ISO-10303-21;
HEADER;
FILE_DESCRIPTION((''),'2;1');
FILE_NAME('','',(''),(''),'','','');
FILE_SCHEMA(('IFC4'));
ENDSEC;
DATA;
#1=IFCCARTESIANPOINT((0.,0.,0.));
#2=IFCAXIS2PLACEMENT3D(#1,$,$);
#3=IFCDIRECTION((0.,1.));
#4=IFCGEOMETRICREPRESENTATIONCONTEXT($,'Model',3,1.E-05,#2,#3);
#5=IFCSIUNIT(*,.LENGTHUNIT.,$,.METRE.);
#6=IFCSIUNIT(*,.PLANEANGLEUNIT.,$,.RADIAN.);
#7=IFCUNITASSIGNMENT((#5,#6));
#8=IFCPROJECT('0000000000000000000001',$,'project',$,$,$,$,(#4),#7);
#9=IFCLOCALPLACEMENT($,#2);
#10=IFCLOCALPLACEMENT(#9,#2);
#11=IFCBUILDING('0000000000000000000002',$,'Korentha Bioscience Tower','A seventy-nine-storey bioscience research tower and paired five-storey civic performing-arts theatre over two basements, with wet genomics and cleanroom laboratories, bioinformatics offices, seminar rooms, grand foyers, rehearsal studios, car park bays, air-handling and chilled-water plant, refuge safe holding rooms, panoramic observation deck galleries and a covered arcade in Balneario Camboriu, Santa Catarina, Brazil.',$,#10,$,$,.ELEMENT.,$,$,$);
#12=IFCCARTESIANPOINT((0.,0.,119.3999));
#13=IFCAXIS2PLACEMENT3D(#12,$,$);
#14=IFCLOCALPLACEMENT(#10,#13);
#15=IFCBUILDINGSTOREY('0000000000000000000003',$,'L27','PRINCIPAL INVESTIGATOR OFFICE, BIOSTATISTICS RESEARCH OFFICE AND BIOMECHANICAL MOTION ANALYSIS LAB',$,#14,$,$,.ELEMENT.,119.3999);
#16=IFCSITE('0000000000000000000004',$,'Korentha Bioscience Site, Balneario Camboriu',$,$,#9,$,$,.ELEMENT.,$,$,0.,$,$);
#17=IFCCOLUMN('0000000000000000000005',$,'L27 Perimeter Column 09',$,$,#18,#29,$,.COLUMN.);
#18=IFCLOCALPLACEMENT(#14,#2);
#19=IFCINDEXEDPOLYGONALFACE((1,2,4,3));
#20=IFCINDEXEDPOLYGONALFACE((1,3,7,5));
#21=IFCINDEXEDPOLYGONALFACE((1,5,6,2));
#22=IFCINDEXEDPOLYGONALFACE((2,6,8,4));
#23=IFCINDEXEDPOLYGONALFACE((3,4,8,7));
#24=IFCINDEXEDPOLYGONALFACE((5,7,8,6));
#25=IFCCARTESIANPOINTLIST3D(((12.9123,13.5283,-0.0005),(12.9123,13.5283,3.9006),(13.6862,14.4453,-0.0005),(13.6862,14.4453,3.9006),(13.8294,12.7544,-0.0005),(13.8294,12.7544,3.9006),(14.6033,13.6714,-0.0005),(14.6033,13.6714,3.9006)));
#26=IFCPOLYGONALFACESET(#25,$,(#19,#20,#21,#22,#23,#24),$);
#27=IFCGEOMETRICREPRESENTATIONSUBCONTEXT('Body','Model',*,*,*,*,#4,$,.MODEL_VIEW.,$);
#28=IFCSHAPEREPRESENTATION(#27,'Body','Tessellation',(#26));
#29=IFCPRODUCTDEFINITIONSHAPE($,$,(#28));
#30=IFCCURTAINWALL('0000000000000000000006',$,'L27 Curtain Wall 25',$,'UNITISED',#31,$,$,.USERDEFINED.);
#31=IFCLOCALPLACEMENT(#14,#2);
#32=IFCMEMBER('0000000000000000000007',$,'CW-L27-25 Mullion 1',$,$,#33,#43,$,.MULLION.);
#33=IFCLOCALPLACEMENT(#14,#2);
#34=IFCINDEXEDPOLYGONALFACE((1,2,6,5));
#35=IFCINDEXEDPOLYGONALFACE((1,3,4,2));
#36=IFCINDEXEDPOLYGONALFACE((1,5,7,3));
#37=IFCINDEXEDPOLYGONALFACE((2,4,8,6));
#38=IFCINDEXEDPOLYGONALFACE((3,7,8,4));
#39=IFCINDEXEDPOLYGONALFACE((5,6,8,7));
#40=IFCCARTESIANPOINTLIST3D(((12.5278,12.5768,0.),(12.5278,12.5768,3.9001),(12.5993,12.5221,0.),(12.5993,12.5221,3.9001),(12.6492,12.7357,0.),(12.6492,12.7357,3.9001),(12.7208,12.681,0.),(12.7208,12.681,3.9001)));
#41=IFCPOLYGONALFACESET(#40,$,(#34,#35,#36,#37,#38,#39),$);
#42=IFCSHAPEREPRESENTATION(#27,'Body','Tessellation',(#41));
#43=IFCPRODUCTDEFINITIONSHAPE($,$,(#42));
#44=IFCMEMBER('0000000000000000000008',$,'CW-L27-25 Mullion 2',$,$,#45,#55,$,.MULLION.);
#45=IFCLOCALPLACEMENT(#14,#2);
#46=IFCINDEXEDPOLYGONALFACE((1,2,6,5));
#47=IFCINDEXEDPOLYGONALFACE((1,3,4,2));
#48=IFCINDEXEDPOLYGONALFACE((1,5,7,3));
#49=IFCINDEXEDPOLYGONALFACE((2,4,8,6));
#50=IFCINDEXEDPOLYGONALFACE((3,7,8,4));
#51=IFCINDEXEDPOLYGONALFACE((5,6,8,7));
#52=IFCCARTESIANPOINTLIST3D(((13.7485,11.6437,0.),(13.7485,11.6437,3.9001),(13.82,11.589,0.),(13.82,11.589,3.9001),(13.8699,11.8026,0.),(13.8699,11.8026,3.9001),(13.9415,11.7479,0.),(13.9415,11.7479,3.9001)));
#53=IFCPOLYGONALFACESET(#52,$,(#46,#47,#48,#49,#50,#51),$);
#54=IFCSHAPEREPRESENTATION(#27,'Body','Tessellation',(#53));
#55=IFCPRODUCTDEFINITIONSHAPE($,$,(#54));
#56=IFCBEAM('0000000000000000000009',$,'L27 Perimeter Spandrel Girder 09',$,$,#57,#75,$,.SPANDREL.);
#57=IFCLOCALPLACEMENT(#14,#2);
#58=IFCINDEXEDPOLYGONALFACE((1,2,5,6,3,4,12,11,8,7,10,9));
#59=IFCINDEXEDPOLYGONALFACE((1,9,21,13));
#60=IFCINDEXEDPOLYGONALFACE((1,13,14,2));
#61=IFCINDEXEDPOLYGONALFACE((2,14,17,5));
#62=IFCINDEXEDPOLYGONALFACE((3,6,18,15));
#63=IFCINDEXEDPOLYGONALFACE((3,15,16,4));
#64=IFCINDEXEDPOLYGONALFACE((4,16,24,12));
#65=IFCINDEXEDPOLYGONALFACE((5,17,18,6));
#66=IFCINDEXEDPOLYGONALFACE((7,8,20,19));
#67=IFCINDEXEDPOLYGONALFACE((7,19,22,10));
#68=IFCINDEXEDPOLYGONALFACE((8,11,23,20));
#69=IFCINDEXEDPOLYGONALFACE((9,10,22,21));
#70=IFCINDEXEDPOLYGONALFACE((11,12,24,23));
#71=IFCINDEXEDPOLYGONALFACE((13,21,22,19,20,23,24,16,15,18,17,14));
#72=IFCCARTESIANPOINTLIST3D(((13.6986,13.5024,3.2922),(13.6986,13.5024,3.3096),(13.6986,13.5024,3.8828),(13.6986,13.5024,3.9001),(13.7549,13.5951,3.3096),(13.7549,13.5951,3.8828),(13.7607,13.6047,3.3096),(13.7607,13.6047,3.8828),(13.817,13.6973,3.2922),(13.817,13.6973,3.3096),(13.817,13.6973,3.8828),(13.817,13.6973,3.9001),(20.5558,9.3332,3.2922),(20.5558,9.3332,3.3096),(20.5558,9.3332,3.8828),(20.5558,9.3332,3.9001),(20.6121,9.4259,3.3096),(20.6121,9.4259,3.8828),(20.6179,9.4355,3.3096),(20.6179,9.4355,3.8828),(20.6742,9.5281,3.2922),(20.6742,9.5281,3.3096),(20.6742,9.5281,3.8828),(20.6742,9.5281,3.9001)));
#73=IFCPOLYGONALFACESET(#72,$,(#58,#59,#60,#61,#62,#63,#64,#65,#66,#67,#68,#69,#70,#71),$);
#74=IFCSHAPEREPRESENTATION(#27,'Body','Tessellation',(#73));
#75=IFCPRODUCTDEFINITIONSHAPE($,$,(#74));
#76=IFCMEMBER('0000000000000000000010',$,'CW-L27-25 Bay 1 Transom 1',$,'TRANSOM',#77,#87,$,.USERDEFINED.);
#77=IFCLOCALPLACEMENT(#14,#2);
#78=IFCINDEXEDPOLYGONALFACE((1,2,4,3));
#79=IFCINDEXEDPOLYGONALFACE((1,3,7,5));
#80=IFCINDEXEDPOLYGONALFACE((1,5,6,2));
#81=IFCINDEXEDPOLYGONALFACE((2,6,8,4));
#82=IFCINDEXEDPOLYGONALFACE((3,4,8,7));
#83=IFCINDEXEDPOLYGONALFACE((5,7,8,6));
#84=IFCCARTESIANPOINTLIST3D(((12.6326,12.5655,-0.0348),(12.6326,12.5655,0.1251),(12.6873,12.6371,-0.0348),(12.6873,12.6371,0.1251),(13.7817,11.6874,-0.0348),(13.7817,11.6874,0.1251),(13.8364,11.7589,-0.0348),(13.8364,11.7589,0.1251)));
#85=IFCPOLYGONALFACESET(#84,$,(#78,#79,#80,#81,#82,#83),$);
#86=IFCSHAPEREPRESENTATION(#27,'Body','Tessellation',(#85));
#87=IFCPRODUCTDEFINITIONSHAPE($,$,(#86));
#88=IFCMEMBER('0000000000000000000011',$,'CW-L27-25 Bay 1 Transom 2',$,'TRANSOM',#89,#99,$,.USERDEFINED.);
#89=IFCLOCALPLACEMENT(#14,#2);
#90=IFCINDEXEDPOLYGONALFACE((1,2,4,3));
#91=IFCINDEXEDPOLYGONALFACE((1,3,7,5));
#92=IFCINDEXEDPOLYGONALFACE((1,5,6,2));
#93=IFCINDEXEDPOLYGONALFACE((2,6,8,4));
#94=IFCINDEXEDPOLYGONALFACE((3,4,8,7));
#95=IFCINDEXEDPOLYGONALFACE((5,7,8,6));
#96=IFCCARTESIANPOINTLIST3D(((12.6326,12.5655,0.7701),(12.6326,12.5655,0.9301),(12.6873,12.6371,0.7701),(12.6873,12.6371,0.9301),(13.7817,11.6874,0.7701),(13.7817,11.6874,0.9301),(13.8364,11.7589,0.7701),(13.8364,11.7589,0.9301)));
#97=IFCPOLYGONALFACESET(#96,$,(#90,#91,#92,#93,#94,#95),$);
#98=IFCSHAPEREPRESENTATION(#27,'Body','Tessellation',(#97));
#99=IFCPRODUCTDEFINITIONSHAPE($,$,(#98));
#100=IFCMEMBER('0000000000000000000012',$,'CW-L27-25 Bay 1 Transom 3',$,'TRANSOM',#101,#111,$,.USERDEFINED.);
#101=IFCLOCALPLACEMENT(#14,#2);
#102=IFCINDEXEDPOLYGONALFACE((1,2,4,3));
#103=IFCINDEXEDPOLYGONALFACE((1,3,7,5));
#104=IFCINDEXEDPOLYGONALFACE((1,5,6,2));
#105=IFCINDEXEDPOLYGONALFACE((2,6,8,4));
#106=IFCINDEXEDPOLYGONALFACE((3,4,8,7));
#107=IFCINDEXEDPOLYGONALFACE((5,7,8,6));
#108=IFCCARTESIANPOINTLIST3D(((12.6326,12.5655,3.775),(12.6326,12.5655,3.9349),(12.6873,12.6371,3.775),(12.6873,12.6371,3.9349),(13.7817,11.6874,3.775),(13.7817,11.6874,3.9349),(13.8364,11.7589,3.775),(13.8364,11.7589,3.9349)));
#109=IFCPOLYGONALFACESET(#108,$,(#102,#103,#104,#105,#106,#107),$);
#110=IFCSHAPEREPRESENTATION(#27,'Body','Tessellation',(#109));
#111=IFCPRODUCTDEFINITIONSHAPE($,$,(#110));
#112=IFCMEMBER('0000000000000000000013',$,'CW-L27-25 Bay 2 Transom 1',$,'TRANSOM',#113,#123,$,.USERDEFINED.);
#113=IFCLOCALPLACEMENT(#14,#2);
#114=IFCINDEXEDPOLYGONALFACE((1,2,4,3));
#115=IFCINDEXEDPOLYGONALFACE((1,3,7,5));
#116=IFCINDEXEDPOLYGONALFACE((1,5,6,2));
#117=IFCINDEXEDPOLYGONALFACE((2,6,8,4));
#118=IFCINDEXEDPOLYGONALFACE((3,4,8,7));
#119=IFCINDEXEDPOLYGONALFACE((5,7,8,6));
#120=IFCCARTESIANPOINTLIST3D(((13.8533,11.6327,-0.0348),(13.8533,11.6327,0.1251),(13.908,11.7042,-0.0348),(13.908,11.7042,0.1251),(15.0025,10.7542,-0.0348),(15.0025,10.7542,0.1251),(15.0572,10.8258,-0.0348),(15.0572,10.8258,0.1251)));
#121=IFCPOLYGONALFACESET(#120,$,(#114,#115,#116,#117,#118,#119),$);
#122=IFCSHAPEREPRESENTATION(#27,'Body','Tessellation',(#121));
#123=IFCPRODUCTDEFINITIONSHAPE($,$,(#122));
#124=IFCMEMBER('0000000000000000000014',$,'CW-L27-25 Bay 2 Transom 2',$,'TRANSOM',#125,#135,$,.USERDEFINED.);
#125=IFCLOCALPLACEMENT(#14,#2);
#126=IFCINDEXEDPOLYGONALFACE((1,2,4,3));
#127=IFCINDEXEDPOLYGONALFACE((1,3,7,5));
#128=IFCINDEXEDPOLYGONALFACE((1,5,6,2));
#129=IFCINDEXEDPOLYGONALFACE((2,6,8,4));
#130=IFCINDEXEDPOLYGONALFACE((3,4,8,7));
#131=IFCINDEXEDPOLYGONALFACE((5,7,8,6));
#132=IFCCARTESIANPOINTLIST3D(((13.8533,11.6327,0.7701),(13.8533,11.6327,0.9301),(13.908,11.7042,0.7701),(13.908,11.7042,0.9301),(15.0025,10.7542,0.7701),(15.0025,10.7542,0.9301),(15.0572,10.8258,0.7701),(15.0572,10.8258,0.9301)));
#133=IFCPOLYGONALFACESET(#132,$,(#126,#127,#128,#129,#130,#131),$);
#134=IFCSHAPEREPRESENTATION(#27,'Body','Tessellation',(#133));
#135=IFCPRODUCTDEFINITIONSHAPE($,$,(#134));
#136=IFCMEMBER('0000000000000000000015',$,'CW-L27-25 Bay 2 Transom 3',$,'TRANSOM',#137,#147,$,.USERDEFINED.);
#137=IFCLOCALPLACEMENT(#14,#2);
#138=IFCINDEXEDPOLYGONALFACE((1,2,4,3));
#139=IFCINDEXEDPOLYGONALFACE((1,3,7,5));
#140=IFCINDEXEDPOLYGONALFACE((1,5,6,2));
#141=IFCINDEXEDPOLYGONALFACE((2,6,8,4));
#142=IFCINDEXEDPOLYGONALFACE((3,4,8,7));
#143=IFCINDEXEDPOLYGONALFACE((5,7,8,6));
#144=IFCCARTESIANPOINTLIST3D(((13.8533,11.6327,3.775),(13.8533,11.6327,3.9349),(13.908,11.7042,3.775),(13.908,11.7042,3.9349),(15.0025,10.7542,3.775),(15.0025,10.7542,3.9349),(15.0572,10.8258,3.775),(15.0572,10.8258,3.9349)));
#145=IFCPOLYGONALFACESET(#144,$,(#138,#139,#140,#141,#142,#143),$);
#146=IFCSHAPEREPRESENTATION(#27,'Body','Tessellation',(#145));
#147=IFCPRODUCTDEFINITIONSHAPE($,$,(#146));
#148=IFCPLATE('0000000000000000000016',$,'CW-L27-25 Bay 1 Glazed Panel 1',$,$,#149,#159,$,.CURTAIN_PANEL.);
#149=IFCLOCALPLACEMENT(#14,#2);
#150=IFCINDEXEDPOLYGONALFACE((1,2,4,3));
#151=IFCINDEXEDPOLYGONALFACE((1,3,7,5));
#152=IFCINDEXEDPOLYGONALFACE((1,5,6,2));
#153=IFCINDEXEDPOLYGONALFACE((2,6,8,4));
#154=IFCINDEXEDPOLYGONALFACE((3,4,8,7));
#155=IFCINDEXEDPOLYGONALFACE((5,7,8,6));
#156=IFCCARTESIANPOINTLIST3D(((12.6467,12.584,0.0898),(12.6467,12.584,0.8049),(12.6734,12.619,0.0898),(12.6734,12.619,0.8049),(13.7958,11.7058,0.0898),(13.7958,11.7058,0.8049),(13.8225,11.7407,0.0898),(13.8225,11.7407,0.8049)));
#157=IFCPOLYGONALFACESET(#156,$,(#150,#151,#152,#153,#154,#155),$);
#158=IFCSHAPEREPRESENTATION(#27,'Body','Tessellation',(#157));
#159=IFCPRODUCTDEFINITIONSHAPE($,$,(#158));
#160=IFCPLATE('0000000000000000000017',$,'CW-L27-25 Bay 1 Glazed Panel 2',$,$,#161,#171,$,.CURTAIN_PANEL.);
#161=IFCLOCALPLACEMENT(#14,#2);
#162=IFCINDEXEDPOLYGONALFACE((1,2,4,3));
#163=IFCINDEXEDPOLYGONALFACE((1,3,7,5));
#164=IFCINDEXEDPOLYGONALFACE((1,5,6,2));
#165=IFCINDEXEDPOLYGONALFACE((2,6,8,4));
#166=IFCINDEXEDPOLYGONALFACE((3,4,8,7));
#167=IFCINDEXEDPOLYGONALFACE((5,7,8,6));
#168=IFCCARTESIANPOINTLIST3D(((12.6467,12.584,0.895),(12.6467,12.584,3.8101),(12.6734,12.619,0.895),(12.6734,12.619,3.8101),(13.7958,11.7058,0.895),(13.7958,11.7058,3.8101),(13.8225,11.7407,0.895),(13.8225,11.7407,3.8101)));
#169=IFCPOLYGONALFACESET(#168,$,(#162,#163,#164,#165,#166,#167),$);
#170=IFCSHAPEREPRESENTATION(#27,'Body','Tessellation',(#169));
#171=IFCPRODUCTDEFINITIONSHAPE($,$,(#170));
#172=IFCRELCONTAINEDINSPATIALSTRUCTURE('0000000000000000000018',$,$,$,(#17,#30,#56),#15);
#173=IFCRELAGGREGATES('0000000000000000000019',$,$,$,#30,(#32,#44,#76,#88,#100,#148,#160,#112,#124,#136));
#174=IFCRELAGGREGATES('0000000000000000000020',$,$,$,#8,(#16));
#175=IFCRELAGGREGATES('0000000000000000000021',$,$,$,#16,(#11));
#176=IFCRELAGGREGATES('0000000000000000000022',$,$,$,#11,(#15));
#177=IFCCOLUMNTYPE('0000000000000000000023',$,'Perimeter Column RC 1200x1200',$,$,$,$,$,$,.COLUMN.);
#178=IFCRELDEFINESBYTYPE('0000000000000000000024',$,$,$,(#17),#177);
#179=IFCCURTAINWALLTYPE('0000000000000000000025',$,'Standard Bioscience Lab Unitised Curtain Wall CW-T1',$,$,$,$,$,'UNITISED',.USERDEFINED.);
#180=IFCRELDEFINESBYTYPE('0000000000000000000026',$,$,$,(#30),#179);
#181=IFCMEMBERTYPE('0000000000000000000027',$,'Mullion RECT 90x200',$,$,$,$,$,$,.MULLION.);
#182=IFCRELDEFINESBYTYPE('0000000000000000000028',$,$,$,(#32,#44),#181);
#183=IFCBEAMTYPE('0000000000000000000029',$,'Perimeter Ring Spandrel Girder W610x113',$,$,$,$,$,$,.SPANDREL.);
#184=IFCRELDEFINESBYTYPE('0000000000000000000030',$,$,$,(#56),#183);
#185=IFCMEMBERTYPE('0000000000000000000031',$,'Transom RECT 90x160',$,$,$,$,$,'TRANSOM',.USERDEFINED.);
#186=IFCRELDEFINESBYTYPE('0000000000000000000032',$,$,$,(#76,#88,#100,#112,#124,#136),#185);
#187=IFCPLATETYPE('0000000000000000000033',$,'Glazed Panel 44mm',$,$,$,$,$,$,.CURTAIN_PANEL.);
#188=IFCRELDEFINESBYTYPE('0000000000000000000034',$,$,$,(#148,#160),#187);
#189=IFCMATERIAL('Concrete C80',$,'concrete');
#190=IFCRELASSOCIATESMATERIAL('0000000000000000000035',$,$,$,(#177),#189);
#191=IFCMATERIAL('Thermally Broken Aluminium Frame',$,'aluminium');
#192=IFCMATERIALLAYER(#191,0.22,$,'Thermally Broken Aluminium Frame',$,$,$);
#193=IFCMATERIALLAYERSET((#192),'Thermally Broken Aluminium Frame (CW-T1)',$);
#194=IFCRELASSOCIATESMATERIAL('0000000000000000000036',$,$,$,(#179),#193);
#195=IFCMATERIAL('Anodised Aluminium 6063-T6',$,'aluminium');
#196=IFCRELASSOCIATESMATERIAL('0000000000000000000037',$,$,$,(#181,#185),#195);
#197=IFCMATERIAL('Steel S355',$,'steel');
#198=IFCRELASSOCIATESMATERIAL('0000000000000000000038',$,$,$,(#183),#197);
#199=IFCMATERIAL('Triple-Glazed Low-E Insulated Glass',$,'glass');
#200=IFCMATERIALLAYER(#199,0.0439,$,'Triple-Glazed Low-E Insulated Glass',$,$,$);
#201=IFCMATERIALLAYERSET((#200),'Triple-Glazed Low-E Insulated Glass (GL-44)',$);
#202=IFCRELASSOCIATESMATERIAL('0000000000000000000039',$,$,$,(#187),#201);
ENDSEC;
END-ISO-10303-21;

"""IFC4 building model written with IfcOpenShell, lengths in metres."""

from ifc_helpers import new_model, si_unit, direction, frame, origin, origin_2d, place, context, subcontext, project, spatial, rectangle, i_section, extrude, material, layer, layer_set, material_profile, profile_set, type_object, element, aggregate, save


model = new_model("IFC4")

# Units and contexts
model_context = context("Model", 3, precision=1e-05, world=origin(), true_north=direction((0.0, 1.0)))
body_context = subcontext(model_context, "Body", "Model", "MODEL_VIEW")
ifc_project = project(units=[si_unit("LENGTHUNIT", "METRE"), si_unit("PLANEANGLEUNIT", "RADIAN")], contexts=[model_context])

# Site, building, storey
site_placement = place(None, origin())
site = spatial("IfcSite", under=ifc_project, at=site_placement, Name="Korentha Bioscience Site, Balneario Camboriu", CompositionType="ELEMENT", RefElevation=0.0)
building_placement = place(site_placement, origin())
building = spatial("IfcBuilding", under=site, at=building_placement, Name="Korentha Bioscience Tower", Description="A seventy-nine-storey bioscience research tower and paired five-storey civic performing-arts theatre over two basements, with wet genomics and cleanroom laboratories, bioinformatics offices, seminar rooms, grand foyers, rehearsal studios, car park bays, air-handling and chilled-water plant, refuge safe holding rooms, panoramic observation deck galleries and a covered arcade in Balneario Camboriu, Santa Catarina, Brazil.", CompositionType="ELEMENT")
storey_placement = place(building_placement, frame((0.0, 0.0, 119.3999)))
storey = spatial("IfcBuildingStorey", under=building, at=storey_placement, Name="L27", Description="PRINCIPAL INVESTIGATOR OFFICE, BIOSTATISTICS RESEARCH OFFICE AND BIOMECHANICAL MOTION ANALYSIS LAB", CompositionType="ELEMENT", Elevation=119.3999)

# Column
ifc_material_1 = material(Name="Concrete C80", Category="concrete")
ifc_material_profile_1 = material_profile(ifc_material_1, rectangle(XDim=1.2, YDim=1.2, at=origin_2d()), Name="Concrete C80")
ifc_profile_set_1 = profile_set([ifc_material_profile_1], Name="Concrete C80 (COL-P12)")
column_type = type_object("IfcColumnType", Name="Perimeter Column RC 1200x1200", PredefinedType="COLUMN", material=ifc_profile_set_1)
column_placement = place(storey_placement, frame((13.7578, 13.5999, -0.0005), z_axis=(0.0, 0.0, 1.0), x_axis=(-0.764246, 0.644924, 0.0)))
element("IfcColumn", 1, at=column_placement, inside=storey, type_object=column_type, Name="L27 Perimeter Column 09", PredefinedType="COLUMN", context=body_context, shape_type="SweptSolid", body=[
    extrude(rectangle(XDim=1.2, YDim=1.2, at=origin_2d()), origin(), (0.0, 0.0, 1.0), 3.9011),
])

# Curtain wall, members
ifc_material_2 = material(Name="Thermally Broken Aluminium Frame", Category="aluminium")
ifc_layer_1 = layer(ifc_material_2, 0.22, Name="Thermally Broken Aluminium Frame")
ifc_layer_set_1 = layer_set([ifc_layer_1], Name="Thermally Broken Aluminium Frame (CW-T1)")
curtain_wall_type = type_object("IfcCurtainWallType", Name="Standard Bioscience Lab Unitised Curtain Wall CW-T1", ElementType="UNITISED", PredefinedType="USERDEFINED", material=ifc_layer_set_1)
curtain_wall_placement = place(storey_placement, origin())
curtain_wall = element("IfcCurtainWall", 2, at=curtain_wall_placement, inside=storey, type_object=curtain_wall_type, Name="L27 Curtain Wall 25", ObjectType="UNITISED", PredefinedType="USERDEFINED")
ifc_material_3 = material(Name="Anodised Aluminium 6063-T6", Category="aluminium")
ifc_material_profile_2 = material_profile(ifc_material_3, rectangle(XDim=0.0901, YDim=0.2, at=origin_2d()), Name="Anodised Aluminium 6063-T6")
ifc_profile_set_2 = profile_set([ifc_material_profile_2], Name="Anodised Aluminium 6063-T6 (CW-MUL)")
member_type_1 = type_object("IfcMemberType", Name="Mullion RECT 90x200", PredefinedType="MULLION", material=ifc_profile_set_2)
member_1_placement = place(storey_placement, frame((12.6243, 12.6289, 0.0), z_axis=(0.0, 0.0, 1.0), x_axis=(0.7945, -0.607265, 0.0)))
member_1 = element("IfcMember", 3, at=member_1_placement, type_object=member_type_1, Name="CW-L27-25 Mullion 1", PredefinedType="MULLION", context=body_context, shape_type="SweptSolid", body=[
    extrude(rectangle(XDim=0.0901, YDim=0.2, at=origin_2d()), origin(), (0.0, 0.0, 1.0), 3.9001),
])
member_2_placement = place(storey_placement, frame((13.845, 11.6958, 0.0), z_axis=(0.0, 0.0, 1.0), x_axis=(0.7945, -0.607265, 0.0)))
member_2 = element("IfcMember", 4, at=member_2_placement, type_object=member_type_1, Name="CW-L27-25 Mullion 2", PredefinedType="MULLION", context=body_context, shape_type="SweptSolid", body=[
    extrude(rectangle(XDim=0.0901, YDim=0.2, at=origin_2d()), origin(), (0.0, 0.0, 1.0), 3.9001),
])

# Beam
ifc_material_4 = material(Name="Steel S355", Category="steel")
ifc_material_profile_3 = material_profile(ifc_material_4, i_section(OverallWidth=0.228, OverallDepth=0.6079, WebThickness=0.0112, FlangeThickness=0.0173, at=origin_2d()), Name="Steel S355")
ifc_profile_set_3 = profile_set([ifc_material_profile_3], Name="Steel S355 (SB-610)")
beam_type = type_object("IfcBeamType", Name="Perimeter Ring Spandrel Girder W610x113", PredefinedType="SPANDREL", material=ifc_profile_set_3)
beam_placement = place(storey_placement, frame((13.7578, 13.5999, 3.5962), z_axis=(0.854461, -0.519515, 0.0), x_axis=(0.519515, 0.854461, 0.0)))
element("IfcBeam", 5, at=beam_placement, inside=storey, type_object=beam_type, Name="L27 Perimeter Spandrel Girder 09", PredefinedType="SPANDREL", context=body_context, shape_type="SweptSolid", body=[
    extrude(i_section(OverallWidth=0.228, OverallDepth=0.6079, WebThickness=0.0112, FlangeThickness=0.0173, at=origin_2d()), origin(), (0.0, 0.0, 1.0), 8.0251),
])

# Members
ifc_material_profile_4 = material_profile(ifc_material_3, rectangle(XDim=0.0901, YDim=0.1599, at=origin_2d()), Name="Anodised Aluminium 6063-T6")
ifc_profile_set_4 = profile_set([ifc_material_profile_4], Name="Anodised Aluminium 6063-T6 (CW-TRN)")
member_type_2 = type_object("IfcMemberType", Name="Transom RECT 90x160", ElementType="TRANSOM", PredefinedType="USERDEFINED", material=ifc_profile_set_4)
member_3_placement = place(storey_placement, frame((12.6599, 12.6013, 0.0452), z_axis=(0.794559, -0.607187, 0.0), x_axis=(0.607187, 0.794559, 0.0)))
member_3 = element("IfcMember", 6, at=member_3_placement, type_object=member_type_2, Name="CW-L27-25 Bay 1 Transom 1", ObjectType="TRANSOM", PredefinedType="USERDEFINED", context=body_context, shape_type="SweptSolid", body=[
    extrude(rectangle(XDim=0.0901, YDim=0.1599, at=origin_2d()), origin(), (0.0, 0.0, 1.0), 1.4463),
])
member_4_placement = place(storey_placement, frame((12.6599, 12.6013, 0.8501), z_axis=(0.794559, -0.607187, 0.0), x_axis=(0.607187, 0.794559, 0.0)))
member_4 = element("IfcMember", 7, at=member_4_placement, type_object=member_type_2, Name="CW-L27-25 Bay 1 Transom 2", ObjectType="TRANSOM", PredefinedType="USERDEFINED", context=body_context, shape_type="SweptSolid", body=[
    extrude(rectangle(XDim=0.0901, YDim=0.1599, at=origin_2d()), origin(), (0.0, 0.0, 1.0), 1.4463),
])
member_5_placement = place(storey_placement, frame((12.6599, 12.6013, 3.855), z_axis=(0.794559, -0.607187, 0.0), x_axis=(0.607187, 0.794559, 0.0)))
member_5 = element("IfcMember", 8, at=member_5_placement, type_object=member_type_2, Name="CW-L27-25 Bay 1 Transom 3", ObjectType="TRANSOM", PredefinedType="USERDEFINED", context=body_context, shape_type="SweptSolid", body=[
    extrude(rectangle(XDim=0.0901, YDim=0.1599, at=origin_2d()), origin(), (0.0, 0.0, 1.0), 1.4463),
])
member_6_placement = place(storey_placement, frame((13.8806, 11.6685, 0.0452), z_axis=(0.794478, -0.607293, 0.0), x_axis=(0.607293, 0.794478, 0.0)))
member_6 = element("IfcMember", 9, at=member_6_placement, type_object=member_type_2, Name="CW-L27-25 Bay 2 Transom 1", ObjectType="TRANSOM", PredefinedType="USERDEFINED", context=body_context, shape_type="SweptSolid", body=[
    extrude(rectangle(XDim=0.0901, YDim=0.1599, at=origin_2d()), origin(), (0.0, 0.0, 1.0), 1.4465),
])
member_7_placement = place(storey_placement, frame((13.8806, 11.6685, 0.8501), z_axis=(0.794478, -0.607293, 0.0), x_axis=(0.607293, 0.794478, 0.0)))
member_7 = element("IfcMember", 10, at=member_7_placement, type_object=member_type_2, Name="CW-L27-25 Bay 2 Transom 2", ObjectType="TRANSOM", PredefinedType="USERDEFINED", context=body_context, shape_type="SweptSolid", body=[
    extrude(rectangle(XDim=0.0901, YDim=0.1599, at=origin_2d()), origin(), (0.0, 0.0, 1.0), 1.4465),
])
member_8_placement = place(storey_placement, frame((13.8806, 11.6685, 3.855), z_axis=(0.794478, -0.607293, 0.0), x_axis=(0.607293, 0.794478, 0.0)))
member_8 = element("IfcMember", 11, at=member_8_placement, type_object=member_type_2, Name="CW-L27-25 Bay 2 Transom 3", ObjectType="TRANSOM", PredefinedType="USERDEFINED", context=body_context, shape_type="SweptSolid", body=[
    extrude(rectangle(XDim=0.0901, YDim=0.1599, at=origin_2d()), origin(), (0.0, 0.0, 1.0), 1.4465),
])

# Plates
ifc_material_5 = material(Name="Triple-Glazed Low-E Insulated Glass", Category="glass")
ifc_layer_2 = layer(ifc_material_5, 0.0439, Name="Triple-Glazed Low-E Insulated Glass")
ifc_layer_set_2 = layer_set([ifc_layer_2], Name="Triple-Glazed Low-E Insulated Glass (GL-44)")
plate_type = type_object("IfcPlateType", Name="Glazed Panel 44mm", PredefinedType="CURTAIN_PANEL", material=ifc_layer_set_2)
plate_1_placement = place(storey_placement, frame((13.2346, 12.1624, 0.0898), z_axis=(0.0, 0.0, 1.0), x_axis=(0.7945, -0.607265, 0.0)))
plate_1 = element("IfcPlate", 12, at=plate_1_placement, type_object=plate_type, Name="CW-L27-25 Bay 1 Glazed Panel 1", PredefinedType="CURTAIN_PANEL", context=body_context, shape_type="SweptSolid", body=[
    extrude(rectangle(XDim=1.4463, YDim=0.0439, at=origin_2d()), origin(), (0.0, 0.0, 1.0), 0.7151),
])
plate_2_placement = place(storey_placement, frame((13.2346, 12.1624, 0.895), z_axis=(0.0, 0.0, 1.0), x_axis=(0.7945, -0.607265, 0.0)))
plate_2 = element("IfcPlate", 13, at=plate_2_placement, type_object=plate_type, Name="CW-L27-25 Bay 1 Glazed Panel 2", PredefinedType="CURTAIN_PANEL", context=body_context, shape_type="SweptSolid", body=[
    extrude(rectangle(XDim=1.4463, YDim=0.0439, at=origin_2d()), origin(), (0.0, 0.0, 1.0), 2.915),
])
aggregate(curtain_wall, [member_1, member_2, member_3, member_4, member_5, plate_1, plate_2, member_6, member_7, member_8])

save(model, "model.ifc")
